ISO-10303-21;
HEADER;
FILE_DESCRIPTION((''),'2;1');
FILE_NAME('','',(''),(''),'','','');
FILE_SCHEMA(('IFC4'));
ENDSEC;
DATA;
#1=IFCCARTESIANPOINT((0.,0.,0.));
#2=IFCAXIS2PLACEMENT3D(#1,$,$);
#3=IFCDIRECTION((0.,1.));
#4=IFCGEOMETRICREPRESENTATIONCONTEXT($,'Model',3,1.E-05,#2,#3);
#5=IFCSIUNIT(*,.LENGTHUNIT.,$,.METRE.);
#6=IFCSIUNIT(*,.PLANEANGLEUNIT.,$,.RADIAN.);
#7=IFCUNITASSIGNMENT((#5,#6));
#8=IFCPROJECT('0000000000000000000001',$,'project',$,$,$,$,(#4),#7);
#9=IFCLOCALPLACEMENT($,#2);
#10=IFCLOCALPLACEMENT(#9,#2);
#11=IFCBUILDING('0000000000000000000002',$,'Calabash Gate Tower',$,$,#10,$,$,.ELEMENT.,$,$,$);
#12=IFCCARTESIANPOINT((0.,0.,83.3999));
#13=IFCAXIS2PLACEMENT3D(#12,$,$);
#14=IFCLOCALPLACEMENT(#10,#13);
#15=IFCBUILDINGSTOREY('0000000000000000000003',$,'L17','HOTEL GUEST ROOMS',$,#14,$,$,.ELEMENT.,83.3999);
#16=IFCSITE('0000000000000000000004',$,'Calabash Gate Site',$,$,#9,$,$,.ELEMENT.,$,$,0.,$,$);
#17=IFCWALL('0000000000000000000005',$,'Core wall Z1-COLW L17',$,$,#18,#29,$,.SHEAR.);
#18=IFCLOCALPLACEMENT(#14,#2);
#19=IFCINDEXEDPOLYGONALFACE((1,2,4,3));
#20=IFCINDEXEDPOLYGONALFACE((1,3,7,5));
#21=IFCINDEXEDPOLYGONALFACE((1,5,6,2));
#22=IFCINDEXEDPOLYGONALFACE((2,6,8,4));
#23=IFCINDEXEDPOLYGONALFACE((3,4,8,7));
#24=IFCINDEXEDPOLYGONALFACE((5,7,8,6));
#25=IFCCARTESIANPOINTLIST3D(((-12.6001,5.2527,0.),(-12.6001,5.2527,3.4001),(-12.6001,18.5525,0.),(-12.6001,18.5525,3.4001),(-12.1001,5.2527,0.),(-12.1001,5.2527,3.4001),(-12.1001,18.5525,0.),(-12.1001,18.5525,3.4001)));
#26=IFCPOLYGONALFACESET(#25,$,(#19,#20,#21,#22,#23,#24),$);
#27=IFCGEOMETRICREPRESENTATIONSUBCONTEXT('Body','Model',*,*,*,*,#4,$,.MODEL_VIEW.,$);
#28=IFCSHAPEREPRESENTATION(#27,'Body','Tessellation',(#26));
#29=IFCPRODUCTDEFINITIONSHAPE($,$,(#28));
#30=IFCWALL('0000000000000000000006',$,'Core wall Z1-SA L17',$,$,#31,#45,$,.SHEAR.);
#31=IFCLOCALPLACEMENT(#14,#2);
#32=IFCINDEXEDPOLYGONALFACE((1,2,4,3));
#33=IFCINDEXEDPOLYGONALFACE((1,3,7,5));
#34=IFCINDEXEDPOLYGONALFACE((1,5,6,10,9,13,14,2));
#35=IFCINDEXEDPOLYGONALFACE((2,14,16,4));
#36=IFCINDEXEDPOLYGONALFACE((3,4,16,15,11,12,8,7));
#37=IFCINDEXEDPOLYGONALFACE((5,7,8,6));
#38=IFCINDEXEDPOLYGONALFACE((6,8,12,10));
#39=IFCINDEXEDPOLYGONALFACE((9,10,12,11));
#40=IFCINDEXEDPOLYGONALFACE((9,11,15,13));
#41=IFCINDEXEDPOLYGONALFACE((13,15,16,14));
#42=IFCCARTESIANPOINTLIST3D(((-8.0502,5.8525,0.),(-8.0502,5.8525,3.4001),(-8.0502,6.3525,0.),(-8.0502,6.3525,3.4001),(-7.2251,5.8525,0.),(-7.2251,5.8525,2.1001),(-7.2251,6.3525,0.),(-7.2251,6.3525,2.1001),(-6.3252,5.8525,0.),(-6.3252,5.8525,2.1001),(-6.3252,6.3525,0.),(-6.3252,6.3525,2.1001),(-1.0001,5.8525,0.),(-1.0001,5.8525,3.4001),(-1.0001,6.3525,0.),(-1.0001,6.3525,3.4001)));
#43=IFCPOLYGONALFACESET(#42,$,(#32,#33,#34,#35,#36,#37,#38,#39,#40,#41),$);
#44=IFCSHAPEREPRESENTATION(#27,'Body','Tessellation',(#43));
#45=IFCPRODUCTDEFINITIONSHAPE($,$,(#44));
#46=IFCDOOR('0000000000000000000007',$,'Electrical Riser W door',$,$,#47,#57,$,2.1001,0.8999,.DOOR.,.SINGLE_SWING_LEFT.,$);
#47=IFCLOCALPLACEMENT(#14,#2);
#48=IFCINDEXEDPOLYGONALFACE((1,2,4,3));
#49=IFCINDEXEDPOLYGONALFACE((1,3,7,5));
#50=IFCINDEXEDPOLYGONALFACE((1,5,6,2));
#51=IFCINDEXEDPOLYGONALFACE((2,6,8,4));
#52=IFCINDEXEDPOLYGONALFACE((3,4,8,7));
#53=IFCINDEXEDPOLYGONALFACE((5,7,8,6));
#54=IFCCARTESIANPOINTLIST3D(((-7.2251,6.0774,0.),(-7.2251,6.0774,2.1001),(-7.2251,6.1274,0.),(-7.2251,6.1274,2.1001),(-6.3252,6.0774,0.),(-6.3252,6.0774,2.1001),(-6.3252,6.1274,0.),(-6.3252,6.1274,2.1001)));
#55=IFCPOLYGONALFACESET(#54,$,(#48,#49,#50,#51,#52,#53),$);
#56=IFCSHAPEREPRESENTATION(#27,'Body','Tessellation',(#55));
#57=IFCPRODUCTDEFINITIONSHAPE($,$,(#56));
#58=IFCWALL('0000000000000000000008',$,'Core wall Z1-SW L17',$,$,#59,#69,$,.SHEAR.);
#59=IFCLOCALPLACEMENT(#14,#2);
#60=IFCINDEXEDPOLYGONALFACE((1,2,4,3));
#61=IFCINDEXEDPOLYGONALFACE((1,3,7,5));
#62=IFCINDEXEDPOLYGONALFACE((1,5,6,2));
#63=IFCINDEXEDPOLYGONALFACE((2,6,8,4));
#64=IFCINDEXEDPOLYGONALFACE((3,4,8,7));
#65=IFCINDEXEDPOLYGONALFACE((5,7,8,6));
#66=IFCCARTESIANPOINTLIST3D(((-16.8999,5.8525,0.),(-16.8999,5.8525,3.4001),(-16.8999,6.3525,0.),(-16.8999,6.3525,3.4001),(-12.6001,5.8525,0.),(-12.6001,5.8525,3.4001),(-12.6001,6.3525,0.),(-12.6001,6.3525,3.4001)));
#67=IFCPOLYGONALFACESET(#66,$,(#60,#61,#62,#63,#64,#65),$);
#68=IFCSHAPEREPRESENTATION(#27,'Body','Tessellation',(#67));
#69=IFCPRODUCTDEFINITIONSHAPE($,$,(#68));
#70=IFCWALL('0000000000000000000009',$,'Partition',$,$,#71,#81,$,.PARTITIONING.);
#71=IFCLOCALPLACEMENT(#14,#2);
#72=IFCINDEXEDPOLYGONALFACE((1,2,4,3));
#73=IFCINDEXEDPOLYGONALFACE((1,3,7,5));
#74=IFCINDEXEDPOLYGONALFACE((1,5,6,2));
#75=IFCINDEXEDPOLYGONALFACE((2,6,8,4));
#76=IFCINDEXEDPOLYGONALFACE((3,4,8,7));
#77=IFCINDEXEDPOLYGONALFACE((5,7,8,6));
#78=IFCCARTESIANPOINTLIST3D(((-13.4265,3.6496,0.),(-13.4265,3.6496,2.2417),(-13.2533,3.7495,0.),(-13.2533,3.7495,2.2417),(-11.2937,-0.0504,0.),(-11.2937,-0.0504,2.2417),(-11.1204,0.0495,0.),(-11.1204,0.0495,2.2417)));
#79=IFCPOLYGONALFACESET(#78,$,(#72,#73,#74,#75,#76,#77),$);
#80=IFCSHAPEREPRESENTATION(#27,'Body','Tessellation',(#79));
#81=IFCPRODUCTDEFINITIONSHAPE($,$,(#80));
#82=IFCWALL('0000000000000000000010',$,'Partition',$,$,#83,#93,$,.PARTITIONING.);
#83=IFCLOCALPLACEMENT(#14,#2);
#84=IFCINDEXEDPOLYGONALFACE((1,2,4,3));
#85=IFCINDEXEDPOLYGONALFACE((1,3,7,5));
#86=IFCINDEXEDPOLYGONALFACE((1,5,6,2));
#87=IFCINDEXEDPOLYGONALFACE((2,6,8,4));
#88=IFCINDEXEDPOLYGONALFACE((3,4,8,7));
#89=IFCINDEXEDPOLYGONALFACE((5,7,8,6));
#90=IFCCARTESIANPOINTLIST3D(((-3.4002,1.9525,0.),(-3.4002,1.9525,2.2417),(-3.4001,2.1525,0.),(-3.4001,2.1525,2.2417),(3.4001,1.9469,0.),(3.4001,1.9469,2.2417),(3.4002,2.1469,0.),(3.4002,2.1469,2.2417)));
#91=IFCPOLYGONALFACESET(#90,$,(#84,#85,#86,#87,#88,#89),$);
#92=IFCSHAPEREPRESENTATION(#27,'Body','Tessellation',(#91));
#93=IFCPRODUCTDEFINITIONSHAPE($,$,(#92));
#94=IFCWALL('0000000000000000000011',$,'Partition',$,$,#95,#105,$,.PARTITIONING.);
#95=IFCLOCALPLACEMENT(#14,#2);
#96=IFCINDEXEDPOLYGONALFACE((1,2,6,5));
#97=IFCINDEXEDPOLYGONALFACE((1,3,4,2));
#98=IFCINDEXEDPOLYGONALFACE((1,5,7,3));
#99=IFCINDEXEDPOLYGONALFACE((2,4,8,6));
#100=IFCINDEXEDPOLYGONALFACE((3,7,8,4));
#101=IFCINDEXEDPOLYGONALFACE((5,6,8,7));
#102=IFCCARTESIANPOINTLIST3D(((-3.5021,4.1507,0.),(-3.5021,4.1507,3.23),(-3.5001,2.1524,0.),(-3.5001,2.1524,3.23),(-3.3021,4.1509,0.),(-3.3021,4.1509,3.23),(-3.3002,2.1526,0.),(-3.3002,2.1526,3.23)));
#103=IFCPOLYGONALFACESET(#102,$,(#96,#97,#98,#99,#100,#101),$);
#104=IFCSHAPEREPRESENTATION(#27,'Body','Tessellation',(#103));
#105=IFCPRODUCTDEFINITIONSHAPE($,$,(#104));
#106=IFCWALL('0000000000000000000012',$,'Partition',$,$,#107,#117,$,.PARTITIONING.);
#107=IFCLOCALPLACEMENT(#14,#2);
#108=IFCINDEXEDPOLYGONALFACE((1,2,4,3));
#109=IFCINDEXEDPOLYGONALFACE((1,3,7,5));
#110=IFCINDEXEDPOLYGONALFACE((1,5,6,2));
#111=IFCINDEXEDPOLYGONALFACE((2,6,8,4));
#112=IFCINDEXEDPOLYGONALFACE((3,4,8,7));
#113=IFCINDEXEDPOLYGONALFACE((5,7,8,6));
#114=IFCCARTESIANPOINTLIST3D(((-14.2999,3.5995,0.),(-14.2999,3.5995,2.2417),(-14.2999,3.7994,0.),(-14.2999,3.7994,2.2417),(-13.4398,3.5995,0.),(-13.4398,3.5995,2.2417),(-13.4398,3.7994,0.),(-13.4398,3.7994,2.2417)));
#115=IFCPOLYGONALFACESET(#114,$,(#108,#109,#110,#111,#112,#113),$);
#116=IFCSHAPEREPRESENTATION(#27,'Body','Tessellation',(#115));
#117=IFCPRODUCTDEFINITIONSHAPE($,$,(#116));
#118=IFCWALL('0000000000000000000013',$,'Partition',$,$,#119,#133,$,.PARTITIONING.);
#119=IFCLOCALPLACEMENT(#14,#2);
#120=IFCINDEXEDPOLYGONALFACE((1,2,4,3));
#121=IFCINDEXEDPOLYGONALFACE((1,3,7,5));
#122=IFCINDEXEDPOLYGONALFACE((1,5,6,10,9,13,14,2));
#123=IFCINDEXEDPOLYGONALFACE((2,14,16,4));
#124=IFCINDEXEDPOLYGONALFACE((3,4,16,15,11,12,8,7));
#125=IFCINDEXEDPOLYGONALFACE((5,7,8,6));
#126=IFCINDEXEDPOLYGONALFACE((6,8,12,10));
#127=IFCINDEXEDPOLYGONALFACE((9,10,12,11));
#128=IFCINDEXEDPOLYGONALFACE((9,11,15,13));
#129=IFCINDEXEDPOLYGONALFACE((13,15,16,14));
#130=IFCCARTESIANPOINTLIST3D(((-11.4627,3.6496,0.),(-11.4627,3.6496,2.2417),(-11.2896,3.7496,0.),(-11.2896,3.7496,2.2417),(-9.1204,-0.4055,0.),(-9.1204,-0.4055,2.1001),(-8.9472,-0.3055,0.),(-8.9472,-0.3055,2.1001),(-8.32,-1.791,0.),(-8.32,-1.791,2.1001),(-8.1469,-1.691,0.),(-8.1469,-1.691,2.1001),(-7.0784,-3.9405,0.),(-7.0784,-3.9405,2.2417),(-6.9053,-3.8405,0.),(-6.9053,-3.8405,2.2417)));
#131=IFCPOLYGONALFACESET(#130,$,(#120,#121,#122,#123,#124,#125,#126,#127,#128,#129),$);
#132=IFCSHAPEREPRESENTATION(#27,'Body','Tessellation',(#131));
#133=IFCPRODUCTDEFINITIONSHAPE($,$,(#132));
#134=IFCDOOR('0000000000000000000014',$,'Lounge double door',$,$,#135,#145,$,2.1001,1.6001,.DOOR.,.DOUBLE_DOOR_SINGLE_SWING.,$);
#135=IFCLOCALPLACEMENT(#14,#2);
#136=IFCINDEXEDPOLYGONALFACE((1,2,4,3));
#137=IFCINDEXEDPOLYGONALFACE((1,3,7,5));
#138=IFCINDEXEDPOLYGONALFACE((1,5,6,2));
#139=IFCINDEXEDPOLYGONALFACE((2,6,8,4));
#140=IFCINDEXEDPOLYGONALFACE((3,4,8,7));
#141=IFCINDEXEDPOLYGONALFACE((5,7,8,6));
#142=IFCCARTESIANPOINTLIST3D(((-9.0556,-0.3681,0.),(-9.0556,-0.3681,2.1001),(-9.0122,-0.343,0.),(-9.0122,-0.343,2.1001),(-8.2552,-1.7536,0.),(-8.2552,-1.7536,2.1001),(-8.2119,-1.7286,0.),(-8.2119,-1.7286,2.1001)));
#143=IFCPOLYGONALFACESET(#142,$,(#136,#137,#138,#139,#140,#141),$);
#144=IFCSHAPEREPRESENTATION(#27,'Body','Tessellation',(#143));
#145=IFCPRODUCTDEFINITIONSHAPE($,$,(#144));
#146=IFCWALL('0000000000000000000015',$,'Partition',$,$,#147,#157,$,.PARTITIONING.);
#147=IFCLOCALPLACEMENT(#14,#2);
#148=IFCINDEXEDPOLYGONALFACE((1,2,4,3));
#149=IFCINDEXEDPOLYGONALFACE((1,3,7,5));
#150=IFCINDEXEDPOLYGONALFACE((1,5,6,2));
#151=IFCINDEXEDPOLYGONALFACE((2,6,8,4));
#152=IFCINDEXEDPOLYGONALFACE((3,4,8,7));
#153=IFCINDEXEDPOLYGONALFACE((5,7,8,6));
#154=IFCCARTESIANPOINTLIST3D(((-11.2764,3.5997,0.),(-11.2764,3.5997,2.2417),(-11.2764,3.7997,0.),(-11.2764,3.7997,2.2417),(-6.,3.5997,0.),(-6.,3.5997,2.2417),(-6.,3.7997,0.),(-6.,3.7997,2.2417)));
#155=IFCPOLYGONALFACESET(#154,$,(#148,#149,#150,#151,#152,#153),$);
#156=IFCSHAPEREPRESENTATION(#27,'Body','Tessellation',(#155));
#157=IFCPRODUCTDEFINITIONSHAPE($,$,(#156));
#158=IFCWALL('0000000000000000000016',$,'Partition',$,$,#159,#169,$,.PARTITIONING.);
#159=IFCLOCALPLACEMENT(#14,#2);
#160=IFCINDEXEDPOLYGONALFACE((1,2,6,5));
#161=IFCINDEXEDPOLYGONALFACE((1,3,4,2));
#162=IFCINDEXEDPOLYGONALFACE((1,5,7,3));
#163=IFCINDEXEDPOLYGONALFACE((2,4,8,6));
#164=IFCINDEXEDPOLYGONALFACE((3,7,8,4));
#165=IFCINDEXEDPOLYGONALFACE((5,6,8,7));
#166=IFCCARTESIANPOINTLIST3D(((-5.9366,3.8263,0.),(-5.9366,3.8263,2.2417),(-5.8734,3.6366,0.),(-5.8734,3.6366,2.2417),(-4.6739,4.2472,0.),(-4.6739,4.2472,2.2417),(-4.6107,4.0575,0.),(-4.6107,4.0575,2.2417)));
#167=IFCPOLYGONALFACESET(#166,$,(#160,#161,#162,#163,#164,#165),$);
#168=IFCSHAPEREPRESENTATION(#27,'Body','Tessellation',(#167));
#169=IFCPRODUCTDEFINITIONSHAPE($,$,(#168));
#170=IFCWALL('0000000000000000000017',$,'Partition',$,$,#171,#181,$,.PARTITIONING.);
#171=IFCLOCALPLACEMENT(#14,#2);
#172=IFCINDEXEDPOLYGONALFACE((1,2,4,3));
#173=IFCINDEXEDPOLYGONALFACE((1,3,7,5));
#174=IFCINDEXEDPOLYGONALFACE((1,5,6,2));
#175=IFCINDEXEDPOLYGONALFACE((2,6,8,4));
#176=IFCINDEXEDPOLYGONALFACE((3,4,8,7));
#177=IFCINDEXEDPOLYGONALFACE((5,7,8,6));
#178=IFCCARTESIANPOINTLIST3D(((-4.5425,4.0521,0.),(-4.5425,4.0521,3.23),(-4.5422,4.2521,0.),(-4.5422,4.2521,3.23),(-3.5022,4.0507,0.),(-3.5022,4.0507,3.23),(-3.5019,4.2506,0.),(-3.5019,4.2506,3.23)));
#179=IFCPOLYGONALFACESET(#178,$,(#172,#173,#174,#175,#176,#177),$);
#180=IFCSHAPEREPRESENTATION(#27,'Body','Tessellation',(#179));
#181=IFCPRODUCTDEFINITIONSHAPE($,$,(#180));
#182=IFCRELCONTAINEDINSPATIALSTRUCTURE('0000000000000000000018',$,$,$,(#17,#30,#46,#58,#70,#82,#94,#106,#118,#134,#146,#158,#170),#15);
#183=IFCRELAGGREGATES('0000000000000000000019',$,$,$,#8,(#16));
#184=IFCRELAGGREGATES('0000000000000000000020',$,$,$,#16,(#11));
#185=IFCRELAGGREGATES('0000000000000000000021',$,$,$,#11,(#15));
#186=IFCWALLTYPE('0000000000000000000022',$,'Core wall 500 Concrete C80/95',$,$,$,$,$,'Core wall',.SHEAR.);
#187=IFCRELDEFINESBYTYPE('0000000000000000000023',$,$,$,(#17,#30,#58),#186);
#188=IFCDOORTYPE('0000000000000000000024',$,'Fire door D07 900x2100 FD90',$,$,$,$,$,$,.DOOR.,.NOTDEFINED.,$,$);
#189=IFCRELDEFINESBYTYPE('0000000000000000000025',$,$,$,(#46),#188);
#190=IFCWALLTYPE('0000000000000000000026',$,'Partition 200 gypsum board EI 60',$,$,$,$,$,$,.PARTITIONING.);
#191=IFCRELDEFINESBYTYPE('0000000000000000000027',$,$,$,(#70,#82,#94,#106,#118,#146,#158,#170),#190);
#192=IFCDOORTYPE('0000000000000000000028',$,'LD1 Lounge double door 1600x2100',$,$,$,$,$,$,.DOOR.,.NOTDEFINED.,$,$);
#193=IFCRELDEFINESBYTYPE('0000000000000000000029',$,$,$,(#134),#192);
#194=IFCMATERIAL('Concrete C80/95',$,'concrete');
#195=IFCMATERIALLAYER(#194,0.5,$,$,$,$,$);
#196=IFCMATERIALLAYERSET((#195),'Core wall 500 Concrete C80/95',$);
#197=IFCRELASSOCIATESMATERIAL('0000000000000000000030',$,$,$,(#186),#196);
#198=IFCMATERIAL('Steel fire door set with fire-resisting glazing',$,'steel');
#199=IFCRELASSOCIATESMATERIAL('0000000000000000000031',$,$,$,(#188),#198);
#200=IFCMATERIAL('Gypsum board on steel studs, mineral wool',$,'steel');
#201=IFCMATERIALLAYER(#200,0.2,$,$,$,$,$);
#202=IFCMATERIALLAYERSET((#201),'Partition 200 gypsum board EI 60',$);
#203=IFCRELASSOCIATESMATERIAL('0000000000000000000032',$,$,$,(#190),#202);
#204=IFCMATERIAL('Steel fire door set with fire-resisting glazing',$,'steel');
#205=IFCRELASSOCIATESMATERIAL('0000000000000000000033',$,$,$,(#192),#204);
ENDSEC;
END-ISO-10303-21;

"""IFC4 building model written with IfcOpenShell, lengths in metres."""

from ifc_helpers import new_model, si_unit, direction, frame, frame_2d, origin, place, context, subcontext, project, spatial, rectangle, extrude, material, layer, layer_set, type_object, element, fill, save


model = new_model("IFC4")

# Units and contexts
model_context = context("Model", 3, precision=1e-05, world=origin(), true_north=direction((0.0, 1.0)))
body_context = subcontext(model_context, "Body", "Model", "MODEL_VIEW")
ifc_project = project(units=[si_unit("LENGTHUNIT", "METRE"), si_unit("PLANEANGLEUNIT", "RADIAN")], contexts=[model_context])

# Site, building, storey
site_placement = place(None, origin())
site = spatial("IfcSite", under=ifc_project, at=site_placement, Name="Calabash Gate Site", CompositionType="ELEMENT", RefElevation=0.0)
building_placement = place(site_placement, origin())
building = spatial("IfcBuilding", under=site, at=building_placement, Name="Calabash Gate Tower", CompositionType="ELEMENT")
storey_placement = place(building_placement, frame((0.0, 0.0, 83.3999)))
storey = spatial("IfcBuildingStorey", under=building, at=storey_placement, Name="L17", Description="HOTEL GUEST ROOMS", CompositionType="ELEMENT", Elevation=83.3999)

# Wall
ifc_material_1 = material(Name="Concrete C80/95", Category="concrete")
ifc_layer_1 = layer(ifc_material_1, 0.5)
ifc_layer_set_1 = layer_set([ifc_layer_1], Name="Core wall 500 Concrete C80/95")
wall_type_1 = type_object("IfcWallType", Name="Core wall 500 Concrete C80/95", ElementType="Core wall", PredefinedType="SHEAR", material=ifc_layer_set_1)
wall_1_placement = place(storey_placement, frame((-12.3501, 5.2527, 0.0), z_axis=(0.0, 0.0, 1.0), x_axis=(0.0, 1.0, 0.0)))
element("IfcWall", 1, at=wall_1_placement, inside=storey, type_object=wall_type_1, Name="Core wall Z1-COLW L17", PredefinedType="SHEAR", context=body_context, shape_type="SweptSolid", body=[
    extrude(rectangle(XDim=13.2998, YDim=0.5, at=frame_2d((6.6499, 0.0))), origin(), (0.0, 0.0, 1.0), 3.4001),
])

# Wall, opening, door
wall_2_placement = place(storey_placement, frame((-8.05, 6.1025, 0.0), z_axis=(0.0, 0.0, 1.0), x_axis=(1.0, 0.0, 0.0)))
wall_2 = element("IfcWall", 2, at=wall_2_placement, inside=storey, type_object=wall_type_1, Name="Core wall Z1-SA L17", PredefinedType="SHEAR", context=body_context, shape_type="SweptSolid", body=[
    extrude(rectangle(XDim=7.05, YDim=0.5, at=frame_2d((3.5249, 0.0))), origin(), (0.0, 0.0, 1.0), 3.4001),
])
opening_1_placement = place(wall_2_placement, frame((0.825, 0.0, 0.0)))
opening_1 = element("IfcOpeningElement", 3, at=opening_1_placement, cuts=wall_2, PredefinedType="OPENING", context=body_context, shape_type="SweptSolid", body=[
    extrude(rectangle(XDim=0.8999, YDim=2.1001, at=frame_2d((0.45, 1.05))), frame((0.0, 0.26, 0.0), z_axis=(0.0, -1.0, 0.0), x_axis=(1.0, 0.0, 0.0)), (0.0, 0.0, 1.0), 0.52),
])
ifc_material_2 = material(Name="Steel fire door set with fire-resisting glazing", Category="steel")
door_type_1 = type_object("IfcDoorType", Name="Fire door D07 900x2100 FD90", OperationType="NOTDEFINED", PredefinedType="DOOR", material=ifc_material_2)
door_1_placement = place(opening_1_placement, origin())
door_1 = element("IfcDoor", 4, at=door_1_placement, inside=storey, type_object=door_type_1, Name="Electrical Riser W door", OperationType="SINGLE_SWING_LEFT", OverallHeight=2.1001, OverallWidth=0.8999, PredefinedType="DOOR", context=body_context, shape_type="SweptSolid", body=[
    extrude(rectangle(XDim=0.8999, YDim=2.1001, at=frame_2d((0.45, 1.05))), frame((0.0, 0.0249, 0.0), z_axis=(0.0, -1.0, 0.0), x_axis=(1.0, 0.0, 0.0)), (0.0, 0.0, 1.0), 0.05),
])
fill(opening_1, door_1)

# Walls
wall_3_placement = place(storey_placement, frame((-12.6001, 6.1025, 0.0), z_axis=(0.0, 0.0, 1.0), x_axis=(-1.0, 0.0, 0.0)))
element("IfcWall", 5, at=wall_3_placement, inside=storey, type_object=wall_type_1, Name="Core wall Z1-SW L17", PredefinedType="SHEAR", context=body_context, shape_type="SweptSolid", body=[
    extrude(rectangle(XDim=4.2998, YDim=0.5, at=frame_2d((2.1499, 0.0))), origin(), (0.0, 0.0, 1.0), 3.4001),
])
ifc_material_3 = material(Name="Gypsum board on steel studs, mineral wool", Category="steel")
ifc_layer_2 = layer(ifc_material_3, 0.2)
ifc_layer_set_2 = layer_set([ifc_layer_2], Name="Partition 200 gypsum board EI 60")
wall_type_2 = type_object("IfcWallType", Name="Partition 200 gypsum board EI 60", PredefinedType="PARTITIONING", material=ifc_layer_set_2)
wall_4_placement = place(storey_placement, frame((-13.3398, 3.6995, 0.0), z_axis=(0.0, 0.0, 1.0), x_axis=(0.499411, -0.866365, 0.0)))
element("IfcWall", 6, at=wall_4_placement, inside=storey, type_object=wall_type_2, Name="Partition", PredefinedType="PARTITIONING", context=body_context, shape_type="SweptSolid", body=[
    extrude(rectangle(XDim=4.2708, YDim=0.2, at=frame_2d((2.1353, 0.0))), origin(), (0.0, 0.0, 1.0), 2.2417),
])
wall_5_placement = place(storey_placement, frame((-3.4001, 2.0525, 0.0), z_axis=(0.0, 0.0, 1.0), x_axis=(1.0, -0.000826, 0.0)))
element("IfcWall", 7, at=wall_5_placement, inside=storey, type_object=wall_type_2, Name="Partition", PredefinedType="PARTITIONING", context=body_context, shape_type="SweptSolid", body=[
    extrude(rectangle(XDim=6.8003, YDim=0.2, at=frame_2d((3.4001, 0.0))), origin(), (0.0, 0.0, 1.0), 2.2417),
])
wall_6_placement = place(storey_placement, frame((-3.4021, 4.1506, 0.0), z_axis=(0.0, 0.0, 1.0), x_axis=(0.000977, -1.0, 0.0)))
element("IfcWall", 8, at=wall_6_placement, inside=storey, type_object=wall_type_2, Name="Partition", PredefinedType="PARTITIONING", context=body_context, shape_type="SweptSolid", body=[
    extrude(rectangle(XDim=1.9983, YDim=0.2, at=frame_2d((0.999, 0.0))), origin(), (0.0, 0.0, 1.0), 3.23),
])
wall_7_placement = place(storey_placement, frame((-14.3, 3.6995, 0.0), z_axis=(0.0, 0.0, 1.0), x_axis=(1.0, 0.0, 0.0)))
element("IfcWall", 9, at=wall_7_placement, inside=storey, type_object=wall_type_2, Name="Partition", PredefinedType="PARTITIONING", context=body_context, shape_type="SweptSolid", body=[
    extrude(rectangle(XDim=0.8601, YDim=0.2, at=frame_2d((0.4302, 0.0))), origin(), (0.0, 0.0, 1.0), 2.2417),
])

# Wall, opening, door
wall_8_placement = place(storey_placement, frame((-11.3762, 3.6997, 0.0), z_axis=(0.0, 0.0, 1.0), x_axis=(0.500183, -0.86592, 0.0)))
wall_8 = element("IfcWall", 10, at=wall_8_placement, inside=storey, type_object=wall_type_2, Name="Partition", PredefinedType="PARTITIONING", context=body_context, shape_type="SweptSolid", body=[
    extrude(rectangle(XDim=8.7654, YDim=0.2, at=frame_2d((4.3828, 0.0))), origin(), (0.0, 0.0, 1.0), 2.2417),
])
opening_2_placement = place(wall_8_placement, frame((4.6831, 0.0, 0.0)))
opening_2 = element("IfcOpeningElement", 11, at=opening_2_placement, cuts=wall_8, PredefinedType="OPENING", context=body_context, shape_type="SweptSolid", body=[
    extrude(rectangle(XDim=1.6001, YDim=2.1001, at=frame_2d((0.8, 1.05))), frame((0.0, 0.1099, 0.0), z_axis=(0.0, -1.0, 0.0), x_axis=(1.0, 0.0, 0.0)), (0.0, 0.0, 1.0), 0.22),
])
ifc_material_4 = material(Name="Steel fire door set with fire-resisting glazing", Category="steel")
door_type_2 = type_object("IfcDoorType", Name="LD1 Lounge double door 1600x2100", OperationType="NOTDEFINED", PredefinedType="DOOR", material=ifc_material_4)
door_2_placement = place(opening_2_placement, origin())
door_2 = element("IfcDoor", 12, at=door_2_placement, inside=storey, type_object=door_type_2, Name="Lounge double door", OperationType="DOUBLE_DOOR_SINGLE_SWING", OverallHeight=2.1001, OverallWidth=1.6001, PredefinedType="DOOR", context=body_context, shape_type="SweptSolid", body=[
    extrude(rectangle(XDim=1.6001, YDim=2.1001, at=frame_2d((0.8, 1.05))), frame((0.0, 0.0249, 0.0), z_axis=(0.0, -1.0, 0.0), x_axis=(1.0, 0.0, 0.0)), (0.0, 0.0, 1.0), 0.05),
])
fill(opening_2, door_2)

# Walls
wall_9_placement = place(storey_placement, frame((-11.2764, 3.6997, 0.0), z_axis=(0.0, 0.0, 1.0), x_axis=(1.0, 0.0, 0.0)))
element("IfcWall", 13, at=wall_9_placement, inside=storey, type_object=wall_type_2, Name="Partition", PredefinedType="PARTITIONING", context=body_context, shape_type="SweptSolid", body=[
    extrude(rectangle(XDim=5.2764, YDim=0.2, at=frame_2d((2.6382, 0.0))), origin(), (0.0, 0.0, 1.0), 2.2417),
])
wall_10_placement = place(storey_placement, frame((-5.905, 3.7314, 0.0), z_axis=(0.0, 0.0, 1.0), x_axis=(0.948683, 0.316228, 0.0)))
element("IfcWall", 14, at=wall_10_placement, inside=storey, type_object=wall_type_2, Name="Partition", PredefinedType="PARTITIONING", context=body_context, shape_type="SweptSolid", body=[
    extrude(rectangle(XDim=1.3311, YDim=0.2, at=frame_2d((0.6655, 0.0))), origin(), (0.0, 0.0, 1.0), 2.2417),
])
wall_11_placement = place(storey_placement, frame((-4.5422, 4.1521, 0.0), z_axis=(0.0, 0.0, 1.0), x_axis=(0.999999, -0.001408, 0.0)))
element("IfcWall", 15, at=wall_11_placement, inside=storey, type_object=wall_type_2, Name="Partition", PredefinedType="PARTITIONING", context=body_context, shape_type="SweptSolid", body=[
    extrude(rectangle(XDim=1.0403, YDim=0.2, at=frame_2d((0.52, 0.0))), origin(), (0.0, 0.0, 1.0), 3.23),
])

save(model, "model.ifc")
